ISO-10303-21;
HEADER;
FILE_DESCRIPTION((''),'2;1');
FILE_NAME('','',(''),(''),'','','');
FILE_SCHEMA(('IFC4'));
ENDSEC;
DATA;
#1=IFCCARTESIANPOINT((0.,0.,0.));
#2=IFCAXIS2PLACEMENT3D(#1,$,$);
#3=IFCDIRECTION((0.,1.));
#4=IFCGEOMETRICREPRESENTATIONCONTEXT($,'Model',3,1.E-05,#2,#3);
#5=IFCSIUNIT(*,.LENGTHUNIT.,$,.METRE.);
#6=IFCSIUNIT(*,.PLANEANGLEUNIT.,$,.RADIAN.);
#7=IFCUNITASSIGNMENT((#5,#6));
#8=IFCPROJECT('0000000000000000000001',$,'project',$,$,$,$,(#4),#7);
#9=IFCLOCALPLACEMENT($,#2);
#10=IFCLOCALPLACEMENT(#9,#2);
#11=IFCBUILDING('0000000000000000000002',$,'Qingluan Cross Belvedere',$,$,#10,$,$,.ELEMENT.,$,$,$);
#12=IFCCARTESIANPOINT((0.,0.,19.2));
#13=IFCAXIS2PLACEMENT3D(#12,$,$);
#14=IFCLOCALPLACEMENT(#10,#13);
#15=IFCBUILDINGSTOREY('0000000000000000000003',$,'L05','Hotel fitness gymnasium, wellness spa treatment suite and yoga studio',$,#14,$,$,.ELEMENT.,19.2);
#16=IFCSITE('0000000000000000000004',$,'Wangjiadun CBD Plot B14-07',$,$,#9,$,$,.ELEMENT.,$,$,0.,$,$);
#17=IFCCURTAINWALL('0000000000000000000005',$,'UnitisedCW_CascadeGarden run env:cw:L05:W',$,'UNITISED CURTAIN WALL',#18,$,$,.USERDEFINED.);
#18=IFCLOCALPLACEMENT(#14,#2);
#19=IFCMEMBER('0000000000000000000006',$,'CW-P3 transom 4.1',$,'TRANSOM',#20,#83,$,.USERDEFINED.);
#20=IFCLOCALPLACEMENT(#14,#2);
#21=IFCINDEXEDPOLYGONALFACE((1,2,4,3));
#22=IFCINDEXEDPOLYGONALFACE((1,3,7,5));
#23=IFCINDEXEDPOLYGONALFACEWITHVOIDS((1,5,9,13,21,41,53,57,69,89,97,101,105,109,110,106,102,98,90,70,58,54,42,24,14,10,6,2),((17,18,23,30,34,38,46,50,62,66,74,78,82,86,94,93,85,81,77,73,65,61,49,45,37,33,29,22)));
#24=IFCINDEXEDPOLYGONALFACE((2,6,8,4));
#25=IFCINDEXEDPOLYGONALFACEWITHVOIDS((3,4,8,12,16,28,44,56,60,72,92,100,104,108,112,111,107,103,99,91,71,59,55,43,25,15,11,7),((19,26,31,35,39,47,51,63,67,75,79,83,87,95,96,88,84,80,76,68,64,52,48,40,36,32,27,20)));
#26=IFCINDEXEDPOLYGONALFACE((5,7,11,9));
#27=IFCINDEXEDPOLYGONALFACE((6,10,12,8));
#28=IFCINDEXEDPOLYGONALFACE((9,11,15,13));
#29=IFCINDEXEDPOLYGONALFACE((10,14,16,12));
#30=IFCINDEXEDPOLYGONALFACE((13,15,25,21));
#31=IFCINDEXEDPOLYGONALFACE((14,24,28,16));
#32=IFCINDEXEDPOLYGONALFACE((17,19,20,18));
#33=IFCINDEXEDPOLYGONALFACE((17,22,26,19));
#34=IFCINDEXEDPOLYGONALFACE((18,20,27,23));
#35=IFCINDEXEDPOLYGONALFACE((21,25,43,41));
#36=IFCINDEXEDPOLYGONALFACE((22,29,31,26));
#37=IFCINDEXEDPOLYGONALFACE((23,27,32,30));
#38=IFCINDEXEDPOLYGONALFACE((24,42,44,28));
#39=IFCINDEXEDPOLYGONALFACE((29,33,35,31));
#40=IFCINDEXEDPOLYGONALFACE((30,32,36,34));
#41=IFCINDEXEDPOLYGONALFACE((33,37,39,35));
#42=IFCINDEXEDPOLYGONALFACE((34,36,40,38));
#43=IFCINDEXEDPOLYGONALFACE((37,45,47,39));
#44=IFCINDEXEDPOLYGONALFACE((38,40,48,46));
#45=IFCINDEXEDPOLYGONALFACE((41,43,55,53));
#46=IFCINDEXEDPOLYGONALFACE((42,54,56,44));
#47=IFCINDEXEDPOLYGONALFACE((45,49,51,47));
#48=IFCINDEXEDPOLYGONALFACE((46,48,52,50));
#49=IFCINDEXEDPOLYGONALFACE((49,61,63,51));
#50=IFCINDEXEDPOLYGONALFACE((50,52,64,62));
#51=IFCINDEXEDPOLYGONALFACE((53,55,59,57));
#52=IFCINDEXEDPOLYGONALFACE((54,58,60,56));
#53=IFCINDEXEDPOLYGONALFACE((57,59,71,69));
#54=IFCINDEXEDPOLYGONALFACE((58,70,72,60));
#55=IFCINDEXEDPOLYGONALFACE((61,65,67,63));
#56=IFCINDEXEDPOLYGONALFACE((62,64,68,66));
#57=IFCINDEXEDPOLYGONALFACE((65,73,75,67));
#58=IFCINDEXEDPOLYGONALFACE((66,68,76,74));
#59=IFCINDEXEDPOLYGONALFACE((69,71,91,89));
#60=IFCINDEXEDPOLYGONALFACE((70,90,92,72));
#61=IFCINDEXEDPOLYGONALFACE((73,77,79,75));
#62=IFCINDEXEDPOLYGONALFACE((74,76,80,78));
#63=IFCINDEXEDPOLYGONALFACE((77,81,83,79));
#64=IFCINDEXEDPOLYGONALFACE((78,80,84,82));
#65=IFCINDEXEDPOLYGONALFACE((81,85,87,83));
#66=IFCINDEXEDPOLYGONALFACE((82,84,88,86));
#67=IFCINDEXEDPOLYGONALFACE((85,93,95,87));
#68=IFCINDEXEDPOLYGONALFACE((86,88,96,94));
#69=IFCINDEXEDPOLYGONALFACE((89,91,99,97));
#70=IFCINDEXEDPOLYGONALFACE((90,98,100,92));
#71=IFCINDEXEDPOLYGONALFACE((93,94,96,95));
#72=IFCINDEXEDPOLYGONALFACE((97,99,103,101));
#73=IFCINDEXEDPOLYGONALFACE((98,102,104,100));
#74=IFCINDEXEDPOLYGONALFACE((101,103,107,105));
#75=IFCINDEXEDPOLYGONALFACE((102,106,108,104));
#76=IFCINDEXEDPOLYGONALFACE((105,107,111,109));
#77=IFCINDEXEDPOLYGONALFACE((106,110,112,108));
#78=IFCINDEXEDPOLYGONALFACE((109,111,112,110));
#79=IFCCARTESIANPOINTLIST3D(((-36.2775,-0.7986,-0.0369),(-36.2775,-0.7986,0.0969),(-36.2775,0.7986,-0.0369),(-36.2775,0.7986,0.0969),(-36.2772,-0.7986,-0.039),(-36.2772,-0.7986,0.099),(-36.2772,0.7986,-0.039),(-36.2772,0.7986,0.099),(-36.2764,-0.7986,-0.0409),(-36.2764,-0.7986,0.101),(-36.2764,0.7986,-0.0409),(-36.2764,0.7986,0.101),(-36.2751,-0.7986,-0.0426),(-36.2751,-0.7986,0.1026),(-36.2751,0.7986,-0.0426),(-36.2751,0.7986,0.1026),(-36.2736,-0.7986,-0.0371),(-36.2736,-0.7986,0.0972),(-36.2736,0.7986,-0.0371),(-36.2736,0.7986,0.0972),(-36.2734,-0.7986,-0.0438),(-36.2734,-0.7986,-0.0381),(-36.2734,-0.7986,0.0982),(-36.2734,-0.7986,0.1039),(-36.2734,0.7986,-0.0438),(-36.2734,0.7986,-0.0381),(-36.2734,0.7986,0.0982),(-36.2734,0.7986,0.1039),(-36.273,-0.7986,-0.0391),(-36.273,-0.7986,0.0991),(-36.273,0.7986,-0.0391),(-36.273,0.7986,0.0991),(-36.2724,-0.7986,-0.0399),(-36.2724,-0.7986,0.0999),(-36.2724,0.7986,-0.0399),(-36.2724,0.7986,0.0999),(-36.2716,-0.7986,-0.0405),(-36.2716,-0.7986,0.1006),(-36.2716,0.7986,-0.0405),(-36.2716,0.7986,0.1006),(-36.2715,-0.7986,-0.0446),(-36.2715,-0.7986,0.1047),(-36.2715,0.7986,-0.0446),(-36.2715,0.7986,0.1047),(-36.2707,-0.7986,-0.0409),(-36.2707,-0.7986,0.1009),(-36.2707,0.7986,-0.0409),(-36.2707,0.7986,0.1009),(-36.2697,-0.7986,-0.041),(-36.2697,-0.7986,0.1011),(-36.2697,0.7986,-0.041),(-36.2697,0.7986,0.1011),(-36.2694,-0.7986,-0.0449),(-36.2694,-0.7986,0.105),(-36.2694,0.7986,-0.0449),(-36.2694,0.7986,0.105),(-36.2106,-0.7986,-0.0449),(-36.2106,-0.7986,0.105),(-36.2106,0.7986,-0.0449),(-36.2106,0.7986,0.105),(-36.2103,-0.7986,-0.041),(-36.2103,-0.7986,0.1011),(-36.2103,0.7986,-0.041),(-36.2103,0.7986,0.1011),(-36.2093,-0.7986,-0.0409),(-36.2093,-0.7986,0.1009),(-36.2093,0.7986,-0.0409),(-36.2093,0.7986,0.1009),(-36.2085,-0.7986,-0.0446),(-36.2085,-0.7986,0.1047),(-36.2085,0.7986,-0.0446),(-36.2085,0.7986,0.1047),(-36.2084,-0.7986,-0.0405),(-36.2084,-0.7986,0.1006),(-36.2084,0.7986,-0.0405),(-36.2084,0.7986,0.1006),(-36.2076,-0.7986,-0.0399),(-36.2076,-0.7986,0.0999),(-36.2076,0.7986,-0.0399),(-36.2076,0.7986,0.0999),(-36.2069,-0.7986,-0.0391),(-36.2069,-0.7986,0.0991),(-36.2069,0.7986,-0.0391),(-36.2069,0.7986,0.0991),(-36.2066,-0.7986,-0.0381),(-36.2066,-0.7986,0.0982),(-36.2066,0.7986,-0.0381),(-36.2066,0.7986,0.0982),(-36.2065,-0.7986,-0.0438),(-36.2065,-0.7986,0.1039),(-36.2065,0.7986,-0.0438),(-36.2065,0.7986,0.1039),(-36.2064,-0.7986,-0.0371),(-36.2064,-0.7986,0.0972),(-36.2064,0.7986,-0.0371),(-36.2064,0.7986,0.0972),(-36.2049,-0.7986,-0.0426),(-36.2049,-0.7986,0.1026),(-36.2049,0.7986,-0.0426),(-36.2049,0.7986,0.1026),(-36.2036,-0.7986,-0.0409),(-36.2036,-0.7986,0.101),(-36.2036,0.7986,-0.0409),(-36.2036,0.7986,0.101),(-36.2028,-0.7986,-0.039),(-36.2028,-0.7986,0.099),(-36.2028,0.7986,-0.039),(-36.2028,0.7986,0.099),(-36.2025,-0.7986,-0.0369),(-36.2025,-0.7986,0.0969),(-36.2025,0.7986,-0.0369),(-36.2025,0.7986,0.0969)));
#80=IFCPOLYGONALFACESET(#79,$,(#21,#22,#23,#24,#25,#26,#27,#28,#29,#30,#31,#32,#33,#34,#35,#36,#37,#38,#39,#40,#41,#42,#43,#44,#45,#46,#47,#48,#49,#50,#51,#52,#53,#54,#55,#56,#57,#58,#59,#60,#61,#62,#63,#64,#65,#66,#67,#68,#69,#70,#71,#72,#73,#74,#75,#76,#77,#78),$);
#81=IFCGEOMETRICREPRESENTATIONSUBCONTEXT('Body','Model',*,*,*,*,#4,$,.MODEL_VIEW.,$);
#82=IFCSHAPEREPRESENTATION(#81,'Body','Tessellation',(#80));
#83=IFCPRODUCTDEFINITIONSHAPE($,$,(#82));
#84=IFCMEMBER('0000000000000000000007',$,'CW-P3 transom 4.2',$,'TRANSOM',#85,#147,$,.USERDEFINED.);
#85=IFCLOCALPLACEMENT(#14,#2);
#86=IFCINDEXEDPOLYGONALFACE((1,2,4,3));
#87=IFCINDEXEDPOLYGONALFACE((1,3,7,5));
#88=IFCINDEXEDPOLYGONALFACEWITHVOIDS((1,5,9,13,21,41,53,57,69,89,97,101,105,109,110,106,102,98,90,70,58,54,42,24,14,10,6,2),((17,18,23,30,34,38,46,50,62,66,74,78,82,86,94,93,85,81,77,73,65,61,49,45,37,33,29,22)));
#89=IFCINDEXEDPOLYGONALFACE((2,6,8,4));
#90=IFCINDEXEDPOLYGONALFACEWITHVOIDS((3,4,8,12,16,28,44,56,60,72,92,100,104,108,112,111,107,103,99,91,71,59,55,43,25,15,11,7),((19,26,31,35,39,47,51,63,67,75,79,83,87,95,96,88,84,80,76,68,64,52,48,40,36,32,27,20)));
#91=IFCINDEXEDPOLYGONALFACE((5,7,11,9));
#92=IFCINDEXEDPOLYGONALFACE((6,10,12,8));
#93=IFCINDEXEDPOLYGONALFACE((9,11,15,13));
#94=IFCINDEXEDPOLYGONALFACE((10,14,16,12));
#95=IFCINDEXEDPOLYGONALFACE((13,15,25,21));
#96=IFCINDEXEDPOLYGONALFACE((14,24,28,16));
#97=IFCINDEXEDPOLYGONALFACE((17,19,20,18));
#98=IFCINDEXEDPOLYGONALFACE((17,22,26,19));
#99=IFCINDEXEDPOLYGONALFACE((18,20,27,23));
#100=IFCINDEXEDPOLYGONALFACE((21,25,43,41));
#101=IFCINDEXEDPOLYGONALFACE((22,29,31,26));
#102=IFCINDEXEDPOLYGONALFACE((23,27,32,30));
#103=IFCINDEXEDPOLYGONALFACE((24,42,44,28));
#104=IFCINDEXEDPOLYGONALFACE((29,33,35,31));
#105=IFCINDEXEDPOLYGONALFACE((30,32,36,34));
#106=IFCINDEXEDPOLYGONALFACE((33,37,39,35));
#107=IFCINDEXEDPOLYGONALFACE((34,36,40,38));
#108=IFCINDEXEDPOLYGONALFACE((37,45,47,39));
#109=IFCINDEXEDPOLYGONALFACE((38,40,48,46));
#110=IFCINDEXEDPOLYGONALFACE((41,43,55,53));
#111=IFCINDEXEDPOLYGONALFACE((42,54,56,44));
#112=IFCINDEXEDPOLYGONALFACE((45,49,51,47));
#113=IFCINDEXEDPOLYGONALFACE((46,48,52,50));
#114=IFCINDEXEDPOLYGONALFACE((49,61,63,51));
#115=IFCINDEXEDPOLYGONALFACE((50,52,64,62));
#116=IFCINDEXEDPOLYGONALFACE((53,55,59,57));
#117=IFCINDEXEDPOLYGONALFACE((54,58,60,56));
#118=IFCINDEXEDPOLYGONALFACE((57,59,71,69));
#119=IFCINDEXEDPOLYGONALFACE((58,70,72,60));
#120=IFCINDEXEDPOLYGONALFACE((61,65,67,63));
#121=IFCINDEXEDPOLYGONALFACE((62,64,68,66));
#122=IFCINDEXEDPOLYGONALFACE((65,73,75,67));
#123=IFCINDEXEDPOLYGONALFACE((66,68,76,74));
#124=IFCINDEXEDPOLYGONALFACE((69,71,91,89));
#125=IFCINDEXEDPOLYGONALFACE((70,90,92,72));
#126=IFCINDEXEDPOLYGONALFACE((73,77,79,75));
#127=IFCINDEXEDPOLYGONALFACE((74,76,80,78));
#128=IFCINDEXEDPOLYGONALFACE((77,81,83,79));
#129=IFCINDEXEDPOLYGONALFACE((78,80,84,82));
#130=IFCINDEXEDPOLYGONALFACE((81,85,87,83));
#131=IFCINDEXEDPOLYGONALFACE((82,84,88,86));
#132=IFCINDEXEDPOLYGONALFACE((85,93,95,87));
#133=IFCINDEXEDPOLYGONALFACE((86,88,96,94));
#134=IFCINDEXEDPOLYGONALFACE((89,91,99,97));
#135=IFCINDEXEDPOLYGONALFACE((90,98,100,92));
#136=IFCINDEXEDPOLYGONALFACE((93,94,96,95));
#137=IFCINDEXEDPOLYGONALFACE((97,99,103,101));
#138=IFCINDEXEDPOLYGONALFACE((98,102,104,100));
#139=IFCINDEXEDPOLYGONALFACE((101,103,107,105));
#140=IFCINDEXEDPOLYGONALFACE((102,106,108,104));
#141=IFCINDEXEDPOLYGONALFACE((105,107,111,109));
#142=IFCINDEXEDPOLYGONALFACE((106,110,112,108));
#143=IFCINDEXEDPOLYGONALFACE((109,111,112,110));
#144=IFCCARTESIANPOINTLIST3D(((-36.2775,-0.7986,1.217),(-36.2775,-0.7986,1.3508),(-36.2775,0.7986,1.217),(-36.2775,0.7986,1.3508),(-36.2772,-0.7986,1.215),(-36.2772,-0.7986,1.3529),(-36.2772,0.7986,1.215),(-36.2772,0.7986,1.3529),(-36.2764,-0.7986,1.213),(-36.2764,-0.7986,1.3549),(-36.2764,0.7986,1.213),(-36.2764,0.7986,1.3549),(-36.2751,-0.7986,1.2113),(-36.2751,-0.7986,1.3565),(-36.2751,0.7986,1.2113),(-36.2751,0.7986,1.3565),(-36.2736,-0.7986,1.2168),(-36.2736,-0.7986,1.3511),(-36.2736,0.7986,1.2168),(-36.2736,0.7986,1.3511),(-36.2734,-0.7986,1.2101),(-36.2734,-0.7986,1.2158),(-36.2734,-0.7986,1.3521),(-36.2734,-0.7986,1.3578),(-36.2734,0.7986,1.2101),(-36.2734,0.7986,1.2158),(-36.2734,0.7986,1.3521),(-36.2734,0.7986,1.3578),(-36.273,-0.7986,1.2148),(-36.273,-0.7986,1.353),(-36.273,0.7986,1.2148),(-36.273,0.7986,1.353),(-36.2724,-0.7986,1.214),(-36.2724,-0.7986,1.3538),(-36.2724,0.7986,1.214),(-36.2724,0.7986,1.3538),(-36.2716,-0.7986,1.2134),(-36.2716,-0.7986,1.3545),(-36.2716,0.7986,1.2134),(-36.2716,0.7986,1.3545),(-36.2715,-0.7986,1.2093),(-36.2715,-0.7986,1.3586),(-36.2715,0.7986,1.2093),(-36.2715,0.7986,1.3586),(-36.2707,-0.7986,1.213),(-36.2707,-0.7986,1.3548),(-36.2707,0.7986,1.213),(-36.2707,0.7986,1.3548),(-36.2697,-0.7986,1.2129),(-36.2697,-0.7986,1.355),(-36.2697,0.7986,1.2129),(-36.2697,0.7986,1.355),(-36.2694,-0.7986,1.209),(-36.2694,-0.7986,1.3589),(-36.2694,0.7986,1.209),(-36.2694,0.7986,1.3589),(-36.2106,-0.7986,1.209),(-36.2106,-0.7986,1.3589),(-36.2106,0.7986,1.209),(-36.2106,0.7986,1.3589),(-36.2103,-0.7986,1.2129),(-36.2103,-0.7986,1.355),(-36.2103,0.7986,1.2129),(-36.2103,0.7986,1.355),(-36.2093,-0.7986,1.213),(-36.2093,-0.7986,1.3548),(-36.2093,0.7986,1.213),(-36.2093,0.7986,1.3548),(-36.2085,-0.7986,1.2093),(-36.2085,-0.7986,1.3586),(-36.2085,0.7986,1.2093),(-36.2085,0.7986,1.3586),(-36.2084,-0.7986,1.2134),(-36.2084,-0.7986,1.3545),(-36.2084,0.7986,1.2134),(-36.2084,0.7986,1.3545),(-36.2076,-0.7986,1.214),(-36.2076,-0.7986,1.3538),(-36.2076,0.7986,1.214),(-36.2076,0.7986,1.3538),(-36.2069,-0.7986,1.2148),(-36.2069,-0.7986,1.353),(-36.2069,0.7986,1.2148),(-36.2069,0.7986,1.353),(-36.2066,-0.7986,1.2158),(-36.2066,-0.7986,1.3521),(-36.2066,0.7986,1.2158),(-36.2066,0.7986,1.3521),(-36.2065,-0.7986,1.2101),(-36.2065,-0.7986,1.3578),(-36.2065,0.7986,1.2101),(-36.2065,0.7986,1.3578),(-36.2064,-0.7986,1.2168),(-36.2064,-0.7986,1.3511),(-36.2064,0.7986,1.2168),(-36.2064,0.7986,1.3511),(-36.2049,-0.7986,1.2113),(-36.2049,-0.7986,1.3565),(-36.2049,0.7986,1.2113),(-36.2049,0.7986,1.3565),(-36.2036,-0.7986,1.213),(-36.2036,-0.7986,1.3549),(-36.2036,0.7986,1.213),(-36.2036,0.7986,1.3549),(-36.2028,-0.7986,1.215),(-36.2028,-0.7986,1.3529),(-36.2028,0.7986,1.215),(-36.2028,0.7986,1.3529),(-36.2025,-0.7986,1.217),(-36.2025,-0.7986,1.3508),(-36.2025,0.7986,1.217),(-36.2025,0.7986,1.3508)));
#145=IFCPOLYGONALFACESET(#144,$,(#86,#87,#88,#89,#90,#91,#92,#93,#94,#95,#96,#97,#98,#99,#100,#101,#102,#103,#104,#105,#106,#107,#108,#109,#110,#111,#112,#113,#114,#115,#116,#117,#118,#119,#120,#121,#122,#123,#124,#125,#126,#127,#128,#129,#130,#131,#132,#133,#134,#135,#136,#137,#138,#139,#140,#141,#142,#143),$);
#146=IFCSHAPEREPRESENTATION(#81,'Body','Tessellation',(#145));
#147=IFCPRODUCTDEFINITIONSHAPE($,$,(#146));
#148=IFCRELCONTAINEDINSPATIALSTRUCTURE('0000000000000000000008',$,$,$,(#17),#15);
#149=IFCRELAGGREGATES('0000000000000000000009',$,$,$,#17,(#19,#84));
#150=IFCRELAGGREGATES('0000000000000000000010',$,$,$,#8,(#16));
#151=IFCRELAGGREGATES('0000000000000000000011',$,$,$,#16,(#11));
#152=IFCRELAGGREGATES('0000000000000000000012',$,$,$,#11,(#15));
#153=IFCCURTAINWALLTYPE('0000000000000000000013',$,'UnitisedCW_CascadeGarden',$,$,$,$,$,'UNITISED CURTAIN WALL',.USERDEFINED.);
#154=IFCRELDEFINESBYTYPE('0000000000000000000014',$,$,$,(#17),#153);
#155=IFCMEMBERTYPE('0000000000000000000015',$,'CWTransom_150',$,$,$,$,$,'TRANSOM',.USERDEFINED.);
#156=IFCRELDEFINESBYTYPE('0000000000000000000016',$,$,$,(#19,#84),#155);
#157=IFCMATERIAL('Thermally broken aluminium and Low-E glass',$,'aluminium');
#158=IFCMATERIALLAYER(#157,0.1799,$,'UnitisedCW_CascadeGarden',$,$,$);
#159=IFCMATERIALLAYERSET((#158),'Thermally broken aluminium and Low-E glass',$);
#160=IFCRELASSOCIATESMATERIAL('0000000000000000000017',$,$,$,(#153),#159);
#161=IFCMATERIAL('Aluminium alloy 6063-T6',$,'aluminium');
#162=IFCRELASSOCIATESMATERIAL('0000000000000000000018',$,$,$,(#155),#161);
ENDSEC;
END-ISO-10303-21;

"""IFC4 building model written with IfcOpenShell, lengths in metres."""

from ifc_helpers import new_model, si_unit, direction, frame, origin, origin_2d, place, context, subcontext, project, spatial, hollow_rectangle, extrude, material, layer, layer_set, material_profile, profile_set, type_object, element, aggregate, save


model = new_model("IFC4")

# Units and contexts
model_context = context("Model", 3, precision=1e-05, world=origin(), true_north=direction((0.0, 1.0)))
body_context = subcontext(model_context, "Body", "Model", "MODEL_VIEW")
ifc_project = project(units=[si_unit("LENGTHUNIT", "METRE"), si_unit("PLANEANGLEUNIT", "RADIAN")], contexts=[model_context])

# Site, building, storey
site_placement = place(None, origin())
site = spatial("IfcSite", under=ifc_project, at=site_placement, Name="Wangjiadun CBD Plot B14-07", CompositionType="ELEMENT", RefElevation=0.0)
building_placement = place(site_placement, origin())
building = spatial("IfcBuilding", under=site, at=building_placement, Name="Qingluan Cross Belvedere", CompositionType="ELEMENT")
storey_placement = place(building_placement, frame((0.0, 0.0, 19.2)))
storey = spatial("IfcBuildingStorey", under=building, at=storey_placement, Name="L05", Description="Hotel fitness gymnasium, wellness spa treatment suite and yoga studio", CompositionType="ELEMENT", Elevation=19.2)

# Curtain wall, members
ifc_material_1 = material(Name="Thermally broken aluminium and Low-E glass", Category="aluminium")
ifc_layer_1 = layer(ifc_material_1, 0.1799, Name="UnitisedCW_CascadeGarden")
ifc_layer_set_1 = layer_set([ifc_layer_1], Name="Thermally broken aluminium and Low-E glass")
curtain_wall_type = type_object("IfcCurtainWallType", Name="UnitisedCW_CascadeGarden", ElementType="UNITISED CURTAIN WALL", PredefinedType="USERDEFINED", material=ifc_layer_set_1)
curtain_wall_placement = place(storey_placement, origin())
curtain_wall = element("IfcCurtainWall", 1, at=curtain_wall_placement, inside=storey, type_object=curtain_wall_type, Name="UnitisedCW_CascadeGarden run env:cw:L05:W", ObjectType="UNITISED CURTAIN WALL", PredefinedType="USERDEFINED")
ifc_material_2 = material(Name="Aluminium alloy 6063-T6", Category="aluminium")
ifc_material_profile_1 = material_profile(ifc_material_2, hollow_rectangle(XDim=0.075, YDim=0.1499, WallThickness=0.0039, InnerFilletRadius=0.0039, OuterFilletRadius=0.0081, at=origin_2d()), Name="CWT150x75x4")
ifc_profile_set_1 = profile_set([ifc_material_profile_1], Name="Aluminium alloy 6063-T6")
member_type_1 = type_object("IfcMemberType", Name="CWTransom_150", ElementType="TRANSOM", PredefinedType="USERDEFINED", material=ifc_profile_set_1)
member_1_placement = place(storey_placement, frame((-36.24, -0.7986, 0.03), z_axis=(0.0, 1.0, 0.0), x_axis=(-1.0, 0.0, 0.0)))
member_1 = element("IfcMember", 2, at=member_1_placement, type_object=member_type_1, Name="CW-P3 transom 4.1", ObjectType="TRANSOM", PredefinedType="USERDEFINED", context=body_context, shape_type="SweptSolid", body=[
    extrude(hollow_rectangle(XDim=0.075, YDim=0.1499, WallThickness=0.0039, InnerFilletRadius=0.0039, OuterFilletRadius=0.0081, at=origin_2d()), origin(), (0.0, 0.0, 1.0), 1.5972),
])
member_2_placement = place(storey_placement, frame((-36.24, -0.7986, 1.2839), z_axis=(0.0, 1.0, 0.0), x_axis=(-1.0, 0.0, 0.0)))
member_2 = element("IfcMember", 3, at=member_2_placement, type_object=member_type_1, Name="CW-P3 transom 4.2", ObjectType="TRANSOM", PredefinedType="USERDEFINED", context=body_context, shape_type="SweptSolid", body=[
    extrude(hollow_rectangle(XDim=0.075, YDim=0.1499, WallThickness=0.0039, InnerFilletRadius=0.0039, OuterFilletRadius=0.0081, at=origin_2d()), origin(), (0.0, 0.0, 1.0), 1.5972),
])
aggregate(curtain_wall, [member_1, member_2])

save(model, "model.ifc")
